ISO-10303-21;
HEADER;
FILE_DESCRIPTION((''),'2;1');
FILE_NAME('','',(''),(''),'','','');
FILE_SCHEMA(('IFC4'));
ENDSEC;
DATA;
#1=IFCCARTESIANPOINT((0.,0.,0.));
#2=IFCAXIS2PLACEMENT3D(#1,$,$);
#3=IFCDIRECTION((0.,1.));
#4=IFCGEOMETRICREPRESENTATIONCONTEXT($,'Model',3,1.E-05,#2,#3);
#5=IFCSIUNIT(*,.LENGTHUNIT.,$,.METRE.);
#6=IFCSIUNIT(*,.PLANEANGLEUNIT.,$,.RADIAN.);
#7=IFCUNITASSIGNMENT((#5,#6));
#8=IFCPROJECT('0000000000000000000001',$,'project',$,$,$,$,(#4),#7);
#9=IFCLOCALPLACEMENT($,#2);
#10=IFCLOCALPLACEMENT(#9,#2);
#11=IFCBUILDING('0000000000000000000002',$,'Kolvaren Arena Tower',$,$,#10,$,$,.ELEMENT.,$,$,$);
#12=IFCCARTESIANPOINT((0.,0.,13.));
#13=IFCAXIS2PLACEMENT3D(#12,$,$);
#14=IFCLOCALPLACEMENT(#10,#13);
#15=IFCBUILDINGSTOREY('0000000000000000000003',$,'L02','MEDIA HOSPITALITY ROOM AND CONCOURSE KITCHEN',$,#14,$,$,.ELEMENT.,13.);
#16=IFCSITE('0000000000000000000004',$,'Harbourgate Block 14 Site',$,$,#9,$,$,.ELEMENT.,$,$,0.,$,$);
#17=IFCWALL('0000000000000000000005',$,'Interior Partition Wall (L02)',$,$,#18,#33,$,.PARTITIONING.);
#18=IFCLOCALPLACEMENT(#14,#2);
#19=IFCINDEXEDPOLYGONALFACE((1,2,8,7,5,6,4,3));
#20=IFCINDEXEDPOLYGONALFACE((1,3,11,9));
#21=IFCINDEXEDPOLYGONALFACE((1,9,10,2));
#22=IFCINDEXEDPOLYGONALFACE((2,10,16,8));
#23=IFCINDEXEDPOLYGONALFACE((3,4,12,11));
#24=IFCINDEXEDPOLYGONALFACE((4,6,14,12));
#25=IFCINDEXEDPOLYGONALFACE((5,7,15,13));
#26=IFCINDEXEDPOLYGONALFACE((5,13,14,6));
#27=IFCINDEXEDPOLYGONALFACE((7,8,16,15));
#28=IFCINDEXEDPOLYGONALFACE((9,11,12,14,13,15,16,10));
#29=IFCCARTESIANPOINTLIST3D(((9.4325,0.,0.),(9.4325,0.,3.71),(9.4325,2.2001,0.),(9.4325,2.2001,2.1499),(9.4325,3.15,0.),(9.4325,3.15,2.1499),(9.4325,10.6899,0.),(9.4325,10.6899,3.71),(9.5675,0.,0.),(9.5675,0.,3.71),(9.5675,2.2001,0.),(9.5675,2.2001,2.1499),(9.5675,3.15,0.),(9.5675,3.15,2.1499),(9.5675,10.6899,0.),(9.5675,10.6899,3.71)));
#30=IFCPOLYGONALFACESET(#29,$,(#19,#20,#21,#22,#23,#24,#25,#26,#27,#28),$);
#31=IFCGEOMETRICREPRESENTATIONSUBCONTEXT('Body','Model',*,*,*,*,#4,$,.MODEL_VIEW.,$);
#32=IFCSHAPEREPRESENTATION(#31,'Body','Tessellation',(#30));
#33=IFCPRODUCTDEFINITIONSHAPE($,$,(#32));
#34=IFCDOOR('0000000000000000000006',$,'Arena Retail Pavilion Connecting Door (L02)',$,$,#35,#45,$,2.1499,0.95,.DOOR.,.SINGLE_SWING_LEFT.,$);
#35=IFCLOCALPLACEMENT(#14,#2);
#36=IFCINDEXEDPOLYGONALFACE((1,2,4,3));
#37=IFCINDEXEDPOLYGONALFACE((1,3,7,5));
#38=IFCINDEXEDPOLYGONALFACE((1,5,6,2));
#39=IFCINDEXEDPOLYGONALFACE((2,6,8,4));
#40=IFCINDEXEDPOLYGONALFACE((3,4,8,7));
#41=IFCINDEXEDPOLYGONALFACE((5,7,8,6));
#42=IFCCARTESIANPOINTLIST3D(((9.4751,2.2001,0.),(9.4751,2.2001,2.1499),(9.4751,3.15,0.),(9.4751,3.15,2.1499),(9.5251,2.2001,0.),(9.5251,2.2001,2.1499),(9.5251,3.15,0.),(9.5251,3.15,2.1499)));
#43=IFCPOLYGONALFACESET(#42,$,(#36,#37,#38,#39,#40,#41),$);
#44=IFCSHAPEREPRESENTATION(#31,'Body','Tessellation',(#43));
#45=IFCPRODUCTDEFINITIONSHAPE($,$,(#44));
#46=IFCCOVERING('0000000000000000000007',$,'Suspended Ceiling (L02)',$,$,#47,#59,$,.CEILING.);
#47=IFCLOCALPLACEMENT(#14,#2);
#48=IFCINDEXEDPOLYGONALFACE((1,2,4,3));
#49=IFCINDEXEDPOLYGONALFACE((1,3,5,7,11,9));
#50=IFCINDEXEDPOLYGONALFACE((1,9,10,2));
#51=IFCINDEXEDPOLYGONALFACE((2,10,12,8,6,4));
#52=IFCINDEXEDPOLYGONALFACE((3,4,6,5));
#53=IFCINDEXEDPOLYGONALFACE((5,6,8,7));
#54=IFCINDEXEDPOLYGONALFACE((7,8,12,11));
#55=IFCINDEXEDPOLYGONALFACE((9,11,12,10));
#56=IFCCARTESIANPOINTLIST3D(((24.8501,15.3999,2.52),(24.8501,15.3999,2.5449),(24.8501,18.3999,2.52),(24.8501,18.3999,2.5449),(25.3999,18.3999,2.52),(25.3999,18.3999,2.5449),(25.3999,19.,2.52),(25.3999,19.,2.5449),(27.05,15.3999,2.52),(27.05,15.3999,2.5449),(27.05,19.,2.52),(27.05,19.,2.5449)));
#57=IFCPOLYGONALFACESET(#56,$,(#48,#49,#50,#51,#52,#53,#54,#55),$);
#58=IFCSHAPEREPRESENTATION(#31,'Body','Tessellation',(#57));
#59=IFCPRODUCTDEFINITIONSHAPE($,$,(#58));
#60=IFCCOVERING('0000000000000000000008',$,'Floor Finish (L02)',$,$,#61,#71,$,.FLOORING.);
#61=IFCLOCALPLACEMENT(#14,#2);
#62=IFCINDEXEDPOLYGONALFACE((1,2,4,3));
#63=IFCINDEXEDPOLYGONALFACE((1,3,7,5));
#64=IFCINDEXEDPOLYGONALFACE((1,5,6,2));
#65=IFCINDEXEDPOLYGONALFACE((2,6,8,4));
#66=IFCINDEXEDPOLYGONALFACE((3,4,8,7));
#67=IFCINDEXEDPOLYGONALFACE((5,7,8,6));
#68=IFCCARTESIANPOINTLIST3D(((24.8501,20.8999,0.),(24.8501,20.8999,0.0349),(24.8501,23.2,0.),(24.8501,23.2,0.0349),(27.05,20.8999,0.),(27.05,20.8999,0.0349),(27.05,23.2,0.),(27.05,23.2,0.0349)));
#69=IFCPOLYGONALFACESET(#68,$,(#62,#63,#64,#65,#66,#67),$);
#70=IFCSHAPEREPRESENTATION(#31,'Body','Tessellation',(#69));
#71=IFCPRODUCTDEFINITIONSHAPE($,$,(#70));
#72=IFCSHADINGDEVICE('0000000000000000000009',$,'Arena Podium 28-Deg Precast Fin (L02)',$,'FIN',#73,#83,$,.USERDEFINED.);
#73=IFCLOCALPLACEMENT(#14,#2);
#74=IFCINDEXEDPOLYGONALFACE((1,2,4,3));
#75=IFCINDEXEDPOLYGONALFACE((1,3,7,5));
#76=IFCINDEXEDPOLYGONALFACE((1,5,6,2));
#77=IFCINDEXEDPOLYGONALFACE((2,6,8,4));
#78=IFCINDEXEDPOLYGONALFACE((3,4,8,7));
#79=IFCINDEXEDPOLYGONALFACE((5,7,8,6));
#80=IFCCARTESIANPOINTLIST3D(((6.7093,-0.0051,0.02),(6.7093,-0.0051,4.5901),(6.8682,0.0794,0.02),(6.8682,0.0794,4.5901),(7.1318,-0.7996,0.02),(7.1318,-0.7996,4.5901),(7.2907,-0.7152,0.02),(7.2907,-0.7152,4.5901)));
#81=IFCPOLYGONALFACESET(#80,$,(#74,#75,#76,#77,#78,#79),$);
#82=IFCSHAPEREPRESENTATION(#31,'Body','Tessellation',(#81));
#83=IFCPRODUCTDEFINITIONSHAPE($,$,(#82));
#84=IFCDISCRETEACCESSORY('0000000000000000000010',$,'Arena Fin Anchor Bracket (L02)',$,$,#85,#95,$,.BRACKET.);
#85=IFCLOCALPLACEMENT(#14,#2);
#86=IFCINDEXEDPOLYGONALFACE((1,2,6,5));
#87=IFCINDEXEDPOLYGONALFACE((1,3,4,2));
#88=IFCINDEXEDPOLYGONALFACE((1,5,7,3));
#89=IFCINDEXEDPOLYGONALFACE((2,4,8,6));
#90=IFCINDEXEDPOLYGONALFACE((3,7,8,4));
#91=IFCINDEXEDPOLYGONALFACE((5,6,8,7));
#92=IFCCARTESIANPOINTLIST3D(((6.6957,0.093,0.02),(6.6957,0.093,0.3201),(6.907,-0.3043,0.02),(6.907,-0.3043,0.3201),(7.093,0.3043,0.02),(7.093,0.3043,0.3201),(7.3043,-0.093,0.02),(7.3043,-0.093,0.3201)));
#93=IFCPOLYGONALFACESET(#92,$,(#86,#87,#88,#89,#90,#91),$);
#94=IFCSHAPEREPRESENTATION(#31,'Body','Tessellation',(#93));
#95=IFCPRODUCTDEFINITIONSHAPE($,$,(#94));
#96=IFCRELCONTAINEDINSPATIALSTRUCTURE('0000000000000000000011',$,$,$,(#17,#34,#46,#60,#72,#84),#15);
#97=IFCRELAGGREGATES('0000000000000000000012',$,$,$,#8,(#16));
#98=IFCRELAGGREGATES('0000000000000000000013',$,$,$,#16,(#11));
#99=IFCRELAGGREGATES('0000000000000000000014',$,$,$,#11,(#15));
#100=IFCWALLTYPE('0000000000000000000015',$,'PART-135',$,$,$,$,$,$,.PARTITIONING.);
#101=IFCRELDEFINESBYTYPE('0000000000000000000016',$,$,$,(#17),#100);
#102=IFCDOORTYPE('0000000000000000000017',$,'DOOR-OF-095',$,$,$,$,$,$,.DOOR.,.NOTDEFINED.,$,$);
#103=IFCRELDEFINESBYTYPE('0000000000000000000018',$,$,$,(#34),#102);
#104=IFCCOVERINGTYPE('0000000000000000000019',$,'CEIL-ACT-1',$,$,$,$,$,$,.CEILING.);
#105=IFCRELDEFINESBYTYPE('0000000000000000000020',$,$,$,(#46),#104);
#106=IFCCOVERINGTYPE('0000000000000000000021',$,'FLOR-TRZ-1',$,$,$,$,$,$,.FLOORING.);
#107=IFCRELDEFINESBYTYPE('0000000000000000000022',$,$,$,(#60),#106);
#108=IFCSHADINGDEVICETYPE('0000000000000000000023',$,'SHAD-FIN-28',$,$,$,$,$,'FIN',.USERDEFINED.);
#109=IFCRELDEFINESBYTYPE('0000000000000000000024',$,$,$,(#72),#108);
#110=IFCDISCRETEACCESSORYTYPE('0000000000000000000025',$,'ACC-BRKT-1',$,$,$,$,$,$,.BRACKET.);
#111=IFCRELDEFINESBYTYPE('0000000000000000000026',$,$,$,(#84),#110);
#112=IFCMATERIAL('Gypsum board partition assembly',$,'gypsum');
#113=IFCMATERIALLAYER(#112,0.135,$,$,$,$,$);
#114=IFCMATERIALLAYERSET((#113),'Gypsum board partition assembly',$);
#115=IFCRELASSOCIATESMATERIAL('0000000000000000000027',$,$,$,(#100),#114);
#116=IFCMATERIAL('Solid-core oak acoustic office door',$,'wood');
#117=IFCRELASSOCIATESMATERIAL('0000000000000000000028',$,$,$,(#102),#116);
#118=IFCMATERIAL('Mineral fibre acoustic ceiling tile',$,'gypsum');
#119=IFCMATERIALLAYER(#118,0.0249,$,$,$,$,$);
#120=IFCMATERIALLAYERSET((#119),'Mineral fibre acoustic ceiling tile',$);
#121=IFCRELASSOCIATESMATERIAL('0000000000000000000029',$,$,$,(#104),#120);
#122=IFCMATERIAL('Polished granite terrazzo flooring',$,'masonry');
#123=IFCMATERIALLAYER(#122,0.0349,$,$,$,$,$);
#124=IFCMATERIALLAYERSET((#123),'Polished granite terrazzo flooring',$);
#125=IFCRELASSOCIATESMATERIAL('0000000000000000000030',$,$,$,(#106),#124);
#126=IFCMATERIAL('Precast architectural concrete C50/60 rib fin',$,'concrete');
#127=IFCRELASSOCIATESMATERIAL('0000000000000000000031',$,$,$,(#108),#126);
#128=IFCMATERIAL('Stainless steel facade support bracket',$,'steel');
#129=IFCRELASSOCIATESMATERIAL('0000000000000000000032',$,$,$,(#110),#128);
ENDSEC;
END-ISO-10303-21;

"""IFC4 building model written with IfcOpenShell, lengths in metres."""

from ifc_helpers import new_model, si_unit, direction, frame, frame_2d, origin, origin_2d, place, context, subcontext, project, spatial, polyline, rectangle, outline, extrude, material, layer, layer_set, type_object, element, fill, save


model = new_model("IFC4")

# Units and contexts
model_context = context("Model", 3, precision=1e-05, world=origin(), true_north=direction((0.0, 1.0)))
body_context = subcontext(model_context, "Body", "Model", "MODEL_VIEW")
ifc_project = project(units=[si_unit("LENGTHUNIT", "METRE"), si_unit("PLANEANGLEUNIT", "RADIAN")], contexts=[model_context])

# Site, building, storey
site_placement = place(None, origin())
site = spatial("IfcSite", under=ifc_project, at=site_placement, Name="Harbourgate Block 14 Site", CompositionType="ELEMENT", RefElevation=0.0)
building_placement = place(site_placement, origin())
building = spatial("IfcBuilding", under=site, at=building_placement, Name="Kolvaren Arena Tower", CompositionType="ELEMENT")
storey_placement = place(building_placement, frame((0.0, 0.0, 13.0)))
storey = spatial("IfcBuildingStorey", under=building, at=storey_placement, Name="L02", Description="MEDIA HOSPITALITY ROOM AND CONCOURSE KITCHEN", CompositionType="ELEMENT", Elevation=13.0)

# Wall, opening, door
ifc_material_1 = material(Name="Gypsum board partition assembly", Category="gypsum")
ifc_layer_1 = layer(ifc_material_1, 0.135)
ifc_layer_set_1 = layer_set([ifc_layer_1], Name="Gypsum board partition assembly")
wall_type_1 = type_object("IfcWallType", Name="PART-135", PredefinedType="PARTITIONING", material=ifc_layer_set_1)
wall_placement = place(storey_placement, frame((9.5, 0.0, 0.0), z_axis=(0.0, 0.0, 1.0), x_axis=(0.0, 1.0, 0.0)))
wall = element("IfcWall", 1, at=wall_placement, inside=storey, type_object=wall_type_1, Name="Interior Partition Wall (L02)", PredefinedType="PARTITIONING", context=body_context, shape_type="SweptSolid", body=[
    extrude(rectangle(XDim=10.6899, YDim=0.135, at=frame_2d((5.345, 0.0))), origin(), (0.0, 0.0, 1.0), 3.71),
])
opening_placement = place(wall_placement, frame((2.2, 0.0, 0.0)))
opening = element("IfcOpeningElement", 2, at=opening_placement, cuts=wall, PredefinedType="OPENING", context=body_context, shape_type="SweptSolid", body=[
    extrude(rectangle(XDim=0.95, YDim=2.1499, at=frame_2d((0.4751, 1.075))), frame((0.0, 0.0774, 0.0), z_axis=(0.0, -1.0, 0.0), x_axis=(1.0, 0.0, 0.0)), (0.0, 0.0, 1.0), 0.155),
])
ifc_material_2 = material(Name="Solid-core oak acoustic office door", Category="wood")
door_type = type_object("IfcDoorType", Name="DOOR-OF-095", OperationType="NOTDEFINED", PredefinedType="DOOR", material=ifc_material_2)
door_placement = place(opening_placement, origin())
door = element("IfcDoor", 3, at=door_placement, inside=storey, type_object=door_type, Name="Arena Retail Pavilion Connecting Door (L02)", OperationType="SINGLE_SWING_LEFT", OverallHeight=2.1499, OverallWidth=0.95, PredefinedType="DOOR", context=body_context, shape_type="SweptSolid", body=[
    extrude(rectangle(XDim=0.95, YDim=2.1499, at=frame_2d((0.4751, 1.075))), frame((0.0, 0.0249, 0.0), z_axis=(0.0, -1.0, 0.0), x_axis=(1.0, 0.0, 0.0)), (0.0, 0.0, 1.0), 0.05),
])
fill(opening, door)

# Coverings
ifc_material_3 = material(Name="Mineral fibre acoustic ceiling tile", Category="gypsum")
ifc_layer_2 = layer(ifc_material_3, 0.0249)
ifc_layer_set_2 = layer_set([ifc_layer_2], Name="Mineral fibre acoustic ceiling tile")
covering_type_1 = type_object("IfcCoveringType", Name="CEIL-ACT-1", PredefinedType="CEILING", material=ifc_layer_set_2)
covering_1_placement = place(storey_placement, frame((0.0, 0.0, 2.52)))
element("IfcCovering", 4, at=covering_1_placement, inside=storey, type_object=covering_type_1, Name="Suspended Ceiling (L02)", PredefinedType="CEILING", context=body_context, shape_type="SweptSolid", body=[
    extrude(outline(polyline([(27.05, 19.0), (27.05, 15.3999), (24.8501, 15.3999), (24.8501, 18.3999), (25.3999, 18.3999), (25.3999, 19.0), (27.05, 19.0)])), origin(), (0.0, 0.0, 1.0), 0.0249),
])
ifc_material_4 = material(Name="Polished granite terrazzo flooring", Category="masonry")
ifc_layer_3 = layer(ifc_material_4, 0.0349)
ifc_layer_set_3 = layer_set([ifc_layer_3], Name="Polished granite terrazzo flooring")
covering_type_2 = type_object("IfcCoveringType", Name="FLOR-TRZ-1", PredefinedType="FLOORING", material=ifc_layer_set_3)
covering_2_placement = place(storey_placement, origin())
element("IfcCovering", 5, at=covering_2_placement, inside=storey, type_object=covering_type_2, Name="Floor Finish (L02)", PredefinedType="FLOORING", context=body_context, shape_type="SweptSolid", body=[
    extrude(outline(polyline([(24.8501, 20.8999), (24.8501, 23.2), (27.05, 23.2), (27.05, 20.8999), (24.8501, 20.8999)])), origin(), (0.0, 0.0, 1.0), 0.0349),
])

# Shading device
ifc_material_5 = material(Name="Precast architectural concrete C50/60 rib fin", Category="concrete")
shading_device_type = type_object("IfcShadingDeviceType", Name="SHAD-FIN-28", ElementType="FIN", PredefinedType="USERDEFINED", material=ifc_material_5)
shading_device_placement = place(storey_placement, frame((7.0, -0.3601, 0.02), z_axis=(0.0, 0.0, 1.0), x_axis=(0.469472, -0.882948, 0.0)))
element("IfcShadingDevice", 6, at=shading_device_placement, inside=storey, type_object=shading_device_type, Name="Arena Podium 28-Deg Precast Fin (L02)", ObjectType="FIN", PredefinedType="USERDEFINED", context=body_context, shape_type="SweptSolid", body=[
    extrude(rectangle(XDim=0.8999, YDim=0.1799, at=origin_2d()), origin(), (0.0, 0.0, 1.0), 4.5701),
])

# Discrete accessory
ifc_material_6 = material(Name="Stainless steel facade support bracket", Category="steel")
discrete_accessory_type = type_object("IfcDiscreteAccessoryType", Name="ACC-BRKT-1", PredefinedType="BRACKET", material=ifc_material_6)
discrete_accessory_placement = place(storey_placement, frame((7.0, 0.0, 0.02), z_axis=(0.0, 0.0, 1.0), x_axis=(0.469472, -0.882948, 0.0)))
element("IfcDiscreteAccessory", 7, at=discrete_accessory_placement, inside=storey, type_object=discrete_accessory_type, Name="Arena Fin Anchor Bracket (L02)", PredefinedType="BRACKET", context=body_context, shape_type="SweptSolid", body=[
    extrude(rectangle(XDim=0.45, YDim=0.45, at=origin_2d()), origin(), (0.0, 0.0, 1.0), 0.3),
])

save(model, "model.ifc")
